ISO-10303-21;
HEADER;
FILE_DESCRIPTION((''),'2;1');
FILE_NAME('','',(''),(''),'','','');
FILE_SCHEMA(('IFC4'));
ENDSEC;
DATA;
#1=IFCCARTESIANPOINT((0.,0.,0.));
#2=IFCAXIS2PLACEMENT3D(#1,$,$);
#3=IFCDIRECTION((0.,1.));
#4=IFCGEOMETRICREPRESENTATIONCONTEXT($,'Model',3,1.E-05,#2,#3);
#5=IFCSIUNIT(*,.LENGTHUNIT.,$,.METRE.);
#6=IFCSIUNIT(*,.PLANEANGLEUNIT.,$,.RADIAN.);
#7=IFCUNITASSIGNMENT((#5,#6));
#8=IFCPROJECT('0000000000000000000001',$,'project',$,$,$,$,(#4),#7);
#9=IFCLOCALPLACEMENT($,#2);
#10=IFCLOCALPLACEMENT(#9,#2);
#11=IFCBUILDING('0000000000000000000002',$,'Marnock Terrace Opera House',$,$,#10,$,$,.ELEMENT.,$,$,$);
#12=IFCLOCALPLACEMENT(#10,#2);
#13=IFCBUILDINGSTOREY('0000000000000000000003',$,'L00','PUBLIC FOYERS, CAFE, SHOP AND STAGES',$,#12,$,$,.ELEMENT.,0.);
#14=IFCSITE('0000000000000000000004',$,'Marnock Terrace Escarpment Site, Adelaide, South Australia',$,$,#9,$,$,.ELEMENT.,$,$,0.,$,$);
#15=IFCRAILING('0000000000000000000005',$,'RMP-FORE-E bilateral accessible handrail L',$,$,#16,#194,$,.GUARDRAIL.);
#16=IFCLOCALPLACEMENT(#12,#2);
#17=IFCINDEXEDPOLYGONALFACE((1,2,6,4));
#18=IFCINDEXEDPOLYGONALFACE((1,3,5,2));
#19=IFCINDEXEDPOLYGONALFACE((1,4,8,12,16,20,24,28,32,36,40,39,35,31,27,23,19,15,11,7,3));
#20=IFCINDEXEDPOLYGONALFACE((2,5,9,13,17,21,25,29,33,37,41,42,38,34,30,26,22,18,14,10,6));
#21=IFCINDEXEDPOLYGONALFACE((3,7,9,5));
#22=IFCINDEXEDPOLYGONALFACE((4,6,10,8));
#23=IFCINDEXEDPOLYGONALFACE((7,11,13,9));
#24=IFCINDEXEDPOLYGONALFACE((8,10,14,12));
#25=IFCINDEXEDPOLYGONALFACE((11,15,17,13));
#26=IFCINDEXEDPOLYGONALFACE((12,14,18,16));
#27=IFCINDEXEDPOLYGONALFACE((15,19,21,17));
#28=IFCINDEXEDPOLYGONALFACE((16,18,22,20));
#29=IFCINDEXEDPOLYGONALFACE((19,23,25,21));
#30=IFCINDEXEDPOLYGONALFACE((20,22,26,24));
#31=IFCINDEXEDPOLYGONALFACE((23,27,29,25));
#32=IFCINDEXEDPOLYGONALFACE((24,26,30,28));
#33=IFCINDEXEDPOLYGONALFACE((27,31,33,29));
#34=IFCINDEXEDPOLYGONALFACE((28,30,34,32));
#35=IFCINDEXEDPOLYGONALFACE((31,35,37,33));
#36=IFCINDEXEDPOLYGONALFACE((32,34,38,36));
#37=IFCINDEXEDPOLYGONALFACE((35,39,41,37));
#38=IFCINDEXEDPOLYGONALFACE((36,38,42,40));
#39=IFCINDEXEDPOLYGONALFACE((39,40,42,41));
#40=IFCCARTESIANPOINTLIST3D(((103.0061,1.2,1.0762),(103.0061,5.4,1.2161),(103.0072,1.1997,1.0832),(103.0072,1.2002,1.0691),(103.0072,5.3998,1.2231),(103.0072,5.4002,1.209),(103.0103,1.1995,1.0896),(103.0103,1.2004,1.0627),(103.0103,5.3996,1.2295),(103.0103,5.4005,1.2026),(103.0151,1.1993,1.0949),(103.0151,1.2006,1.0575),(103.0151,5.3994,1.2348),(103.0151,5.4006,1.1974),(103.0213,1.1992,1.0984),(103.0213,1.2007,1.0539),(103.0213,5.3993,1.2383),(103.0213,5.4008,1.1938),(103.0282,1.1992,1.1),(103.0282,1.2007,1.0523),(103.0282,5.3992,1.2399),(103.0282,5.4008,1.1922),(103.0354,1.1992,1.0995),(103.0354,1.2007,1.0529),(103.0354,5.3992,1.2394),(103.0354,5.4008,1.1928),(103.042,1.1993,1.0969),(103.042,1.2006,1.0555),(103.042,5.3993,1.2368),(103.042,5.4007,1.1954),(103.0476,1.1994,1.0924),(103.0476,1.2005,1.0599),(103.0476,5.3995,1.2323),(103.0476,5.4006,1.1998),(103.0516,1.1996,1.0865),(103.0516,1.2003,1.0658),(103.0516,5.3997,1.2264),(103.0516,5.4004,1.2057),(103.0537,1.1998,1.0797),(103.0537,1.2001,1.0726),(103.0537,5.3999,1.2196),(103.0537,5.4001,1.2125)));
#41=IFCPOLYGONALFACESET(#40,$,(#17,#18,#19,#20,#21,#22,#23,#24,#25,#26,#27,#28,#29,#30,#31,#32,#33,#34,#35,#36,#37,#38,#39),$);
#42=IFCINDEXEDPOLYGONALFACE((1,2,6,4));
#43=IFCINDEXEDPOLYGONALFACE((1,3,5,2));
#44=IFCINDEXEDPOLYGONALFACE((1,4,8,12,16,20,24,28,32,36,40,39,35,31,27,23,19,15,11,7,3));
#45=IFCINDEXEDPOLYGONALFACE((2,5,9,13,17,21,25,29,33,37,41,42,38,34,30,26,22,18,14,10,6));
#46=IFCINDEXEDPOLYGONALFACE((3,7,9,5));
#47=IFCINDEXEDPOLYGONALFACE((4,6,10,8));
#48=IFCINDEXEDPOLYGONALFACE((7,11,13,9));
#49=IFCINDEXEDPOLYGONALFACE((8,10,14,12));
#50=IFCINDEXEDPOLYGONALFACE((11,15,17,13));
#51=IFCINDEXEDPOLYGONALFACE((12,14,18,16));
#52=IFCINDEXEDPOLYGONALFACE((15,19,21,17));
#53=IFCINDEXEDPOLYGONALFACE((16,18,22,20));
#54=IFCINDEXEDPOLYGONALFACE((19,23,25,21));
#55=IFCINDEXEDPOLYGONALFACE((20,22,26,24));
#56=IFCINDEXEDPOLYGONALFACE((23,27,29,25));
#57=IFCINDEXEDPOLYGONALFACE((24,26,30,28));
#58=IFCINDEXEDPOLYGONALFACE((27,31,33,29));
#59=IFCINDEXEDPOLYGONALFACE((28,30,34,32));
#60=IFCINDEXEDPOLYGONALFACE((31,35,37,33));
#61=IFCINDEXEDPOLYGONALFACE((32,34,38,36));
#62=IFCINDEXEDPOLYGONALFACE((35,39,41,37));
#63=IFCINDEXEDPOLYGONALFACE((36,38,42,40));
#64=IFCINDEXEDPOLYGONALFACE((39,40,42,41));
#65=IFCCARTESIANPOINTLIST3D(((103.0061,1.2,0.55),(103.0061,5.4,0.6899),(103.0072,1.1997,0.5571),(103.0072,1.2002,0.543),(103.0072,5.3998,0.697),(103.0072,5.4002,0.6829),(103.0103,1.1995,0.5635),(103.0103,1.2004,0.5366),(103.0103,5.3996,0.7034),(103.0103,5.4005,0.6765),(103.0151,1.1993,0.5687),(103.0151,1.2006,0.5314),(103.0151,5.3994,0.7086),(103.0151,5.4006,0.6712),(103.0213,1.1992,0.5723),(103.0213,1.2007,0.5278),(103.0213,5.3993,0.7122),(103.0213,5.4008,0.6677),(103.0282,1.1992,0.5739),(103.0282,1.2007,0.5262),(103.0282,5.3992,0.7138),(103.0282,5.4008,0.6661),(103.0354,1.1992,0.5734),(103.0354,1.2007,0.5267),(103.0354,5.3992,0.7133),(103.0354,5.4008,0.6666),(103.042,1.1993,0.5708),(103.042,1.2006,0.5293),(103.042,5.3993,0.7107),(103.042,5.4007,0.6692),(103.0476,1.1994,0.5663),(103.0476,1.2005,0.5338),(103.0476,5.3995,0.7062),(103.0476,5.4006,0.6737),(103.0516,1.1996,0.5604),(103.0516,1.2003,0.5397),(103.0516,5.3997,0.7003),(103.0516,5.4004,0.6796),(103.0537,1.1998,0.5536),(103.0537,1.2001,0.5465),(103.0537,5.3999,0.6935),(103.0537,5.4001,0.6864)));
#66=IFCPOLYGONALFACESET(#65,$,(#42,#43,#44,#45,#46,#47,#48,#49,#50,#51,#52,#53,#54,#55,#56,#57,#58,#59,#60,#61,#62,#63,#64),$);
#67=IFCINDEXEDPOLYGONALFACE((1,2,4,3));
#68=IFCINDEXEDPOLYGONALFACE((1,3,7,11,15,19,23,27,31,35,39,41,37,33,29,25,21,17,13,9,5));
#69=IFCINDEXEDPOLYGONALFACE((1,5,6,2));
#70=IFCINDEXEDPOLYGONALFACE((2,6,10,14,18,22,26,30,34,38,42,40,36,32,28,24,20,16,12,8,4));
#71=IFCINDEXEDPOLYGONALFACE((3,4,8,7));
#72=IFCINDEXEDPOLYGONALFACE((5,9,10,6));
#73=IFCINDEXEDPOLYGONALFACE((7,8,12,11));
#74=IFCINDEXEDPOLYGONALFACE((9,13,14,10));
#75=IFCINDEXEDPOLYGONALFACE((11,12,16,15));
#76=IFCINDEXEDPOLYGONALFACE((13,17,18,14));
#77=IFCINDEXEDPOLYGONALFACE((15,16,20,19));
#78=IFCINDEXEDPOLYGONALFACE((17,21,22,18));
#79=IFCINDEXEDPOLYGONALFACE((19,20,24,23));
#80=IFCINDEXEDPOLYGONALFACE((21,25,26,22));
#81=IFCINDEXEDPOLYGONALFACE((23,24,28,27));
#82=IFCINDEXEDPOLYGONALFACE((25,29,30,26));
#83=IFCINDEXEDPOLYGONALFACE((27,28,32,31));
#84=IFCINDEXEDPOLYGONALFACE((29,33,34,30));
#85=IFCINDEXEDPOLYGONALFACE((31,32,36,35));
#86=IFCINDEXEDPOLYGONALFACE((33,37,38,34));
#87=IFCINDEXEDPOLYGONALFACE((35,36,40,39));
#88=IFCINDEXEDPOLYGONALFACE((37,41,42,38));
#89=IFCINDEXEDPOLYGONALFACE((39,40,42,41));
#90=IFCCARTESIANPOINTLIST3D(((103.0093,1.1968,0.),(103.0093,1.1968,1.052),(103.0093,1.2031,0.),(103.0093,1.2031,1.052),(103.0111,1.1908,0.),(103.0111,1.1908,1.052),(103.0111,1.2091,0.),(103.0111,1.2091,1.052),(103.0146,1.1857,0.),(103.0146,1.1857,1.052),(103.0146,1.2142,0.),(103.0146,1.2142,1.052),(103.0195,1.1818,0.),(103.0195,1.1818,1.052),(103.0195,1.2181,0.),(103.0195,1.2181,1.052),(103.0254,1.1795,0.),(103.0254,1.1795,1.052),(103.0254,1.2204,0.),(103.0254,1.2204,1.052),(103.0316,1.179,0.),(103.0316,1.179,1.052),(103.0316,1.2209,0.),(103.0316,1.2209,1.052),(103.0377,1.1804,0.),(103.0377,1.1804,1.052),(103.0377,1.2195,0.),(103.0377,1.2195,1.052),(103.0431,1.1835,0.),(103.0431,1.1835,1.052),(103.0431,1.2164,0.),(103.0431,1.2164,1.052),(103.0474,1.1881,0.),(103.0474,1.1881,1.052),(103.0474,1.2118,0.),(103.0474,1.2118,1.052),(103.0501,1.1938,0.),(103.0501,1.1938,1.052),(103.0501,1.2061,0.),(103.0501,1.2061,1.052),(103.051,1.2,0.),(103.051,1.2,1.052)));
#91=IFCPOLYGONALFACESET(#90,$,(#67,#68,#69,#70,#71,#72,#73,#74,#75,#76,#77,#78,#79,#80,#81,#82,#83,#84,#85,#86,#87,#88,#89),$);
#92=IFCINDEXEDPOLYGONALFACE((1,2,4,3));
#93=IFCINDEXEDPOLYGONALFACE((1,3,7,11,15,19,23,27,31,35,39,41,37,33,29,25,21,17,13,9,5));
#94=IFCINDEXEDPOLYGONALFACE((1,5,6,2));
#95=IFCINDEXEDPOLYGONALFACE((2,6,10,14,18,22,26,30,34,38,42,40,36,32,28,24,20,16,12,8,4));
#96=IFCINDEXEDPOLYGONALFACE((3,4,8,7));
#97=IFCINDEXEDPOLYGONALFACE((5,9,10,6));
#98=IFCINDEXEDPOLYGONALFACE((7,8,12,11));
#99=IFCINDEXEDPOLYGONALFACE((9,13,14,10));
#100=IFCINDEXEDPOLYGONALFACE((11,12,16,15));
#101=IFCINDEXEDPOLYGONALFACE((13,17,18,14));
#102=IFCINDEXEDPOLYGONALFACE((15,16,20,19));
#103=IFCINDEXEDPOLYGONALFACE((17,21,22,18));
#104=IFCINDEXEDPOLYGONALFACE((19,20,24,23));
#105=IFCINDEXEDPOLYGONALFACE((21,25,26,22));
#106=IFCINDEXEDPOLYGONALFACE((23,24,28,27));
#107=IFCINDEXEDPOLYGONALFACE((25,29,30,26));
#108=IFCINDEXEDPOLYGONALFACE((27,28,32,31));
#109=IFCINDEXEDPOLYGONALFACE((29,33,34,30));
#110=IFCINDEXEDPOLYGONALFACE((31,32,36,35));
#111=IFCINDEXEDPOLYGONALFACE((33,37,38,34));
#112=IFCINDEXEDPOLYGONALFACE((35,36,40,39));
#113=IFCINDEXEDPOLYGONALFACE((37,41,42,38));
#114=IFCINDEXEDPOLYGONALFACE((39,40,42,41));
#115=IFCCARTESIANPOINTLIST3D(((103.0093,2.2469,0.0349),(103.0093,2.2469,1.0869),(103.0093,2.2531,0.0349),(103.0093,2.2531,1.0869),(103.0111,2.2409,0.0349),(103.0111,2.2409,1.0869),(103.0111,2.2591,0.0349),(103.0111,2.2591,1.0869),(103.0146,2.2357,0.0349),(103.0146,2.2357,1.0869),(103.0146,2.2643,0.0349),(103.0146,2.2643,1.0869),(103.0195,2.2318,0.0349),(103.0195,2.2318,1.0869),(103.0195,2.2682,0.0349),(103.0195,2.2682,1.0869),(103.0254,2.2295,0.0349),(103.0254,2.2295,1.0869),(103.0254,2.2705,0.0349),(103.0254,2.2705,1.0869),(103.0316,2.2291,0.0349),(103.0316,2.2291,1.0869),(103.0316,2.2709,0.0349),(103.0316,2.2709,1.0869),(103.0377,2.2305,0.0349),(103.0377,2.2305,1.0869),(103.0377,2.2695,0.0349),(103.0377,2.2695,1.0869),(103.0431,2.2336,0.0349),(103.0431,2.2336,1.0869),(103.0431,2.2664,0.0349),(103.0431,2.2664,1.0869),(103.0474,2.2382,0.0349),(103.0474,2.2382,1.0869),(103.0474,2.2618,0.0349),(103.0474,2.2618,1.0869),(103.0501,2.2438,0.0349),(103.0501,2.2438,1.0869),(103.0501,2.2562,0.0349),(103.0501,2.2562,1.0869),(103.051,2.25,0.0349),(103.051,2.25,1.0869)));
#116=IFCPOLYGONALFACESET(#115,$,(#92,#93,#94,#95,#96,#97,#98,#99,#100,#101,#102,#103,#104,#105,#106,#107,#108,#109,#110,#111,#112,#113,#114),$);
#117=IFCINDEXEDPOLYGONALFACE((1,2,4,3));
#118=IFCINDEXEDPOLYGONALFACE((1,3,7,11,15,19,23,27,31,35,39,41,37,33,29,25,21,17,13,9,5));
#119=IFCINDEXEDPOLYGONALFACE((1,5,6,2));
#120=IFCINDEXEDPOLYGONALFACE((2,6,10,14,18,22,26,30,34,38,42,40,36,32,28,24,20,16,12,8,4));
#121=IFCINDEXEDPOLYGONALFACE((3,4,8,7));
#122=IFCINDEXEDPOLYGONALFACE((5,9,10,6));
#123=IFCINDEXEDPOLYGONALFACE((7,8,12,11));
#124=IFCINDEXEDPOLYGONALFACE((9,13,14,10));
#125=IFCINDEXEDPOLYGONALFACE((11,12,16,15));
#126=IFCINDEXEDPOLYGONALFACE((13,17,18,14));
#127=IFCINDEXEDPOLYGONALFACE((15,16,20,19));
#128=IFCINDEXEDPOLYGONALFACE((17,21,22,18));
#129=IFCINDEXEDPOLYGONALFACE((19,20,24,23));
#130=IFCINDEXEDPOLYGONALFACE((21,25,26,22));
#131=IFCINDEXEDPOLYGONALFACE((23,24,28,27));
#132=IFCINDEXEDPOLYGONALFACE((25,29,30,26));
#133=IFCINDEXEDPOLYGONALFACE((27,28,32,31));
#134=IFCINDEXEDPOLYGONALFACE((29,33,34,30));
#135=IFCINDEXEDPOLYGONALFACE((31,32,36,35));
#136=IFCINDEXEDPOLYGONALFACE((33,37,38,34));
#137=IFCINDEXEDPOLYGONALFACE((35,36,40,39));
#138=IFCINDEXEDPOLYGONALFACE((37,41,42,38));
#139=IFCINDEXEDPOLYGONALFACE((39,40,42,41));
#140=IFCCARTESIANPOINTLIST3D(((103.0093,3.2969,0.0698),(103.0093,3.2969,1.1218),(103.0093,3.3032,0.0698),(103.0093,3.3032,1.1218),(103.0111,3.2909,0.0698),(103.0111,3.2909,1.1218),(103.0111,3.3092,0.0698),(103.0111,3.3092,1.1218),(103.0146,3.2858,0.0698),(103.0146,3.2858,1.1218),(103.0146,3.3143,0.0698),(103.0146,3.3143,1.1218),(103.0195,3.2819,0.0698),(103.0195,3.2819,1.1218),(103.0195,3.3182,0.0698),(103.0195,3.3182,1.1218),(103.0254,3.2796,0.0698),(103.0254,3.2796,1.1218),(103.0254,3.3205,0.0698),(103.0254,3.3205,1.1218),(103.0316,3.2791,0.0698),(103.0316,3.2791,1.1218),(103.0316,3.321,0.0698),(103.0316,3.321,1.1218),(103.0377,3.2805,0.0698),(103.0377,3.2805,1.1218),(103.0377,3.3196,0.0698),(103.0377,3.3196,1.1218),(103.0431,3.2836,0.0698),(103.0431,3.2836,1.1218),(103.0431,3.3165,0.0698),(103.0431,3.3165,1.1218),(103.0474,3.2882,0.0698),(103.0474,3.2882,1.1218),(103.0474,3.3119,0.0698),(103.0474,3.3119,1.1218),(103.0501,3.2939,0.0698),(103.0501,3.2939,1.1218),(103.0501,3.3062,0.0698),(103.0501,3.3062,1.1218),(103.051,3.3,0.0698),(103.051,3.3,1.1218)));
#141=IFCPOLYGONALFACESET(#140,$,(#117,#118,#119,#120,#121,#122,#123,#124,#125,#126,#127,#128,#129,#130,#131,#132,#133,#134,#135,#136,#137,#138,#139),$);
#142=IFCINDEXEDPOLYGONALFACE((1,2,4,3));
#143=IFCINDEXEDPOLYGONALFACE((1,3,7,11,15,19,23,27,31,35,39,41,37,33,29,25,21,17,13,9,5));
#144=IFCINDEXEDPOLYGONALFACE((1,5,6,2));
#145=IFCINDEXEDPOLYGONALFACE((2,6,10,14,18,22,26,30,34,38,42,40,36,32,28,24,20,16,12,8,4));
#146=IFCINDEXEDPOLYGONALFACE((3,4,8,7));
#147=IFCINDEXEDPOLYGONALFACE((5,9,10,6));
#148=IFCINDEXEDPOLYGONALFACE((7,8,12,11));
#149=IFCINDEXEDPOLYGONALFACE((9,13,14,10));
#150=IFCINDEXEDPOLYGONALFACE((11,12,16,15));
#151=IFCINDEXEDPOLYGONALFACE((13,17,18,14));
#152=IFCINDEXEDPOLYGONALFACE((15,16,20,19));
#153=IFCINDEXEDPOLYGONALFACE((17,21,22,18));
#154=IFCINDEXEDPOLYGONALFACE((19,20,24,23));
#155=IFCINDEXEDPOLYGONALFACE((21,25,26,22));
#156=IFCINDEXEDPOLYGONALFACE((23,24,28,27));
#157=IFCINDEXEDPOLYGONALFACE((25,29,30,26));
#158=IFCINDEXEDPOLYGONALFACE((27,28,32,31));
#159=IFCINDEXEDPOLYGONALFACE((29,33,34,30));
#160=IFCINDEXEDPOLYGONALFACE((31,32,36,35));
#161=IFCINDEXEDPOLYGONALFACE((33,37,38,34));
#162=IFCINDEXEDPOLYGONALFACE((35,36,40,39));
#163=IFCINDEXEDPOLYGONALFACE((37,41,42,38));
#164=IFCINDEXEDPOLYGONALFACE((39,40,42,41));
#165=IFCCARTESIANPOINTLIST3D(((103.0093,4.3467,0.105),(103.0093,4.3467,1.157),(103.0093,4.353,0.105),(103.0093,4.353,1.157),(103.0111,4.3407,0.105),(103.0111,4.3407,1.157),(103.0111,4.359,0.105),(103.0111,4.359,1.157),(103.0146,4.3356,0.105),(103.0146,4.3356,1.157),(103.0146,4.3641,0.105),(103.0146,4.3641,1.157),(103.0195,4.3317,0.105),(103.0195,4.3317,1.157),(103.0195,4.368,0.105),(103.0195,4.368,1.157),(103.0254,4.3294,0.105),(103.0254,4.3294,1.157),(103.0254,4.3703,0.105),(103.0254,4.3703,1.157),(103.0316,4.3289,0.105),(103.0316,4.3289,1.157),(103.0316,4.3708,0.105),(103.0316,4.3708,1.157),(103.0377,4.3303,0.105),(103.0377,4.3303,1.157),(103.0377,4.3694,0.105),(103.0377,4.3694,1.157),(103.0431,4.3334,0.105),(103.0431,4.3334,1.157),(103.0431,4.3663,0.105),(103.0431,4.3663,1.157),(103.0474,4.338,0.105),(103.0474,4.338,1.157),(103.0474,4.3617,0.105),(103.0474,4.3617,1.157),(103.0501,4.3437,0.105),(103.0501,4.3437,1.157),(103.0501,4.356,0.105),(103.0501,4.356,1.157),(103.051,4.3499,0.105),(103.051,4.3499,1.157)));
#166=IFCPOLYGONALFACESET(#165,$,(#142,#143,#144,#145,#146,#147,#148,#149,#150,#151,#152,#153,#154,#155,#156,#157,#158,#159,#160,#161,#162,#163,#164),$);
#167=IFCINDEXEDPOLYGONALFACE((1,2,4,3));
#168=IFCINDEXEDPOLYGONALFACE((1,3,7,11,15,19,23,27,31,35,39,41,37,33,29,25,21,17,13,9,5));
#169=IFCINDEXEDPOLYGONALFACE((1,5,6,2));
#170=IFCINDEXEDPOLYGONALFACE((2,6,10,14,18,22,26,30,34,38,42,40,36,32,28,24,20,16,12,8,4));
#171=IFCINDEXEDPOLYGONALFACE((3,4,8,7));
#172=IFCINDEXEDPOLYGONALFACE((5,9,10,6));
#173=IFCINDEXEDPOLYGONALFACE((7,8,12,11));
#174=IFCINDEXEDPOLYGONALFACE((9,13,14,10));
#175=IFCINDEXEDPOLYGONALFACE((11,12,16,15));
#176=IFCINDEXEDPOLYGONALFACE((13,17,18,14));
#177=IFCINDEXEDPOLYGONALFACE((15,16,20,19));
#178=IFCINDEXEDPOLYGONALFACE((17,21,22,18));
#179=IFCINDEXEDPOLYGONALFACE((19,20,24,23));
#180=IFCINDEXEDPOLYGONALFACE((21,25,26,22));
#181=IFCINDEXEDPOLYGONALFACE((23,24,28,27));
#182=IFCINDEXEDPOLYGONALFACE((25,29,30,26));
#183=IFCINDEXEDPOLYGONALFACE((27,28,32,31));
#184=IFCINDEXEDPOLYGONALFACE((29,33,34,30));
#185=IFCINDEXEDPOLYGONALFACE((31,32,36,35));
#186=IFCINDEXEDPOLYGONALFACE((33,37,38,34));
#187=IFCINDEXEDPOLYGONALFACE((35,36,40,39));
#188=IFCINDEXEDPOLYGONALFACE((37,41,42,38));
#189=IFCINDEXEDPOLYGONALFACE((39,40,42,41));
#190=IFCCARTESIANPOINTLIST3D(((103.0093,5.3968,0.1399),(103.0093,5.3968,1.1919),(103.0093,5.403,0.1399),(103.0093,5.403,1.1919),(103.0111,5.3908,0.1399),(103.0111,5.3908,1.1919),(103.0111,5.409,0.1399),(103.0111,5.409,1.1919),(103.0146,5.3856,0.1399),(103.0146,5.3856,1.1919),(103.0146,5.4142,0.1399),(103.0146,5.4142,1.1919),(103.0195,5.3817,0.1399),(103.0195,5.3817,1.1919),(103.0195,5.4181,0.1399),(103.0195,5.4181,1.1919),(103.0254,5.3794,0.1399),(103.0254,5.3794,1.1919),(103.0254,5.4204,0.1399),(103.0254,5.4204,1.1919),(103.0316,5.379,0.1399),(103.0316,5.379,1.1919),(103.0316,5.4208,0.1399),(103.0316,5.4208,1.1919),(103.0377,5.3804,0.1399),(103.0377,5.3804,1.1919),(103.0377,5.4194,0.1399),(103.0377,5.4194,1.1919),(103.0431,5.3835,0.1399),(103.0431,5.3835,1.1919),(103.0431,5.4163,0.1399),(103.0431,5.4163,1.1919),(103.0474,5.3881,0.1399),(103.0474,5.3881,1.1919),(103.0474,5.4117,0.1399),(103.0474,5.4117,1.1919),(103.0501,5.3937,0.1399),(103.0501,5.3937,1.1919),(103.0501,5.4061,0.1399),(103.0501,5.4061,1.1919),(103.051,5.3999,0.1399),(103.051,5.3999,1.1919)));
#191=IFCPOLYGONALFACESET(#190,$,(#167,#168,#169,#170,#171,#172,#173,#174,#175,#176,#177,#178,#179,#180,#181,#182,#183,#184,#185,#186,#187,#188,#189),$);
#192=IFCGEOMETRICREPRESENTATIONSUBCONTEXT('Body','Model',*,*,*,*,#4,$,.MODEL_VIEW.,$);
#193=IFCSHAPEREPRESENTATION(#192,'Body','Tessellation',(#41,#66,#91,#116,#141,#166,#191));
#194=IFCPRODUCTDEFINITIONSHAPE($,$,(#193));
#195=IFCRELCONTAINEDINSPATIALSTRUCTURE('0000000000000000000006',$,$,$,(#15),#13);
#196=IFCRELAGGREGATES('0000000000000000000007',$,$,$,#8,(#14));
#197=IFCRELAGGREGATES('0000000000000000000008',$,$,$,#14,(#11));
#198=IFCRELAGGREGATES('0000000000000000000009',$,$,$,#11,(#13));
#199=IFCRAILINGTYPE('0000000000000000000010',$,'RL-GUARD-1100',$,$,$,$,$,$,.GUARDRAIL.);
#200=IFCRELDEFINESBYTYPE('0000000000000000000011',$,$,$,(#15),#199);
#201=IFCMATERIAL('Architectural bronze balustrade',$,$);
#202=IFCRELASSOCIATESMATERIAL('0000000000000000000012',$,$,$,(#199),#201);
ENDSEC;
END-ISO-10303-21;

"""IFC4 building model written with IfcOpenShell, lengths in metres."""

from ifc_helpers import new_model, si_unit, direction, frame, origin, origin_2d, place, context, subcontext, project, spatial, circle, extrude, material, type_object, element, save


model = new_model("IFC4")

# Units and contexts
model_context = context("Model", 3, precision=1e-05, world=origin(), true_north=direction((0.0, 1.0)))
body_context = subcontext(model_context, "Body", "Model", "MODEL_VIEW")
ifc_project = project(units=[si_unit("LENGTHUNIT", "METRE"), si_unit("PLANEANGLEUNIT", "RADIAN")], contexts=[model_context])

# Site, building, storey
site_placement = place(None, origin())
site = spatial("IfcSite", under=ifc_project, at=site_placement, Name="Marnock Terrace Escarpment Site, Adelaide, South Australia", CompositionType="ELEMENT", RefElevation=0.0)
building_placement = place(site_placement, origin())
building = spatial("IfcBuilding", under=site, at=building_placement, Name="Marnock Terrace Opera House", CompositionType="ELEMENT")
storey_placement = place(building_placement, origin())
storey = spatial("IfcBuildingStorey", under=building, at=storey_placement, Name="L00", Description="PUBLIC FOYERS, CAFE, SHOP AND STAGES", CompositionType="ELEMENT", Elevation=0.0)

# Railing
ifc_material_1 = material(Name="Architectural bronze balustrade")
railing_type = type_object("IfcRailingType", Name="RL-GUARD-1100", PredefinedType="GUARDRAIL", material=ifc_material_1)
for number, where, name in (
    (1, (103.03, 1.2, 0.0), "RMP-FORE-E bilateral accessible handrail L"),
):
    element("IfcRailing", number, at=place(storey_placement, frame(where)), inside=storey, type_object=railing_type, Name=name, PredefinedType="GUARDRAIL", context=body_context, shape_type="SweptSolid", body=[
        extrude(circle(Radius=0.0239, at=origin_2d()), frame((0.0, 0.0, 1.0762), z_axis=(0.0, 0.999446, 0.03329), x_axis=(-1.0, 0.0, 0.0)), (0.0, 0.0, 1.0), 4.2024),
        extrude(circle(Radius=0.0239, at=origin_2d()), frame((0.0, 0.0, 0.55), z_axis=(0.0, 0.999446, 0.03329), x_axis=(-1.0, 0.0, 0.0)), (0.0, 0.0, 1.0), 4.2024),
        extrude(circle(Radius=0.021, at=origin_2d()), origin(), (0.0, 0.0, 1.0), 1.052),
        extrude(circle(Radius=0.021, at=origin_2d()), frame((0.0, 1.05, 0.0349)), (0.0, 0.0, 1.0), 1.052),
        extrude(circle(Radius=0.021, at=origin_2d()), frame((0.0, 2.1001, 0.0698)), (0.0, 0.0, 1.0), 1.052),
        extrude(circle(Radius=0.021, at=origin_2d()), frame((0.0, 3.1499, 0.105)), (0.0, 0.0, 1.0), 1.052),
        extrude(circle(Radius=0.021, at=origin_2d()), frame((0.0, 4.2, 0.1399)), (0.0, 0.0, 1.0), 1.052),
    ])

save(model, "model.ifc")
